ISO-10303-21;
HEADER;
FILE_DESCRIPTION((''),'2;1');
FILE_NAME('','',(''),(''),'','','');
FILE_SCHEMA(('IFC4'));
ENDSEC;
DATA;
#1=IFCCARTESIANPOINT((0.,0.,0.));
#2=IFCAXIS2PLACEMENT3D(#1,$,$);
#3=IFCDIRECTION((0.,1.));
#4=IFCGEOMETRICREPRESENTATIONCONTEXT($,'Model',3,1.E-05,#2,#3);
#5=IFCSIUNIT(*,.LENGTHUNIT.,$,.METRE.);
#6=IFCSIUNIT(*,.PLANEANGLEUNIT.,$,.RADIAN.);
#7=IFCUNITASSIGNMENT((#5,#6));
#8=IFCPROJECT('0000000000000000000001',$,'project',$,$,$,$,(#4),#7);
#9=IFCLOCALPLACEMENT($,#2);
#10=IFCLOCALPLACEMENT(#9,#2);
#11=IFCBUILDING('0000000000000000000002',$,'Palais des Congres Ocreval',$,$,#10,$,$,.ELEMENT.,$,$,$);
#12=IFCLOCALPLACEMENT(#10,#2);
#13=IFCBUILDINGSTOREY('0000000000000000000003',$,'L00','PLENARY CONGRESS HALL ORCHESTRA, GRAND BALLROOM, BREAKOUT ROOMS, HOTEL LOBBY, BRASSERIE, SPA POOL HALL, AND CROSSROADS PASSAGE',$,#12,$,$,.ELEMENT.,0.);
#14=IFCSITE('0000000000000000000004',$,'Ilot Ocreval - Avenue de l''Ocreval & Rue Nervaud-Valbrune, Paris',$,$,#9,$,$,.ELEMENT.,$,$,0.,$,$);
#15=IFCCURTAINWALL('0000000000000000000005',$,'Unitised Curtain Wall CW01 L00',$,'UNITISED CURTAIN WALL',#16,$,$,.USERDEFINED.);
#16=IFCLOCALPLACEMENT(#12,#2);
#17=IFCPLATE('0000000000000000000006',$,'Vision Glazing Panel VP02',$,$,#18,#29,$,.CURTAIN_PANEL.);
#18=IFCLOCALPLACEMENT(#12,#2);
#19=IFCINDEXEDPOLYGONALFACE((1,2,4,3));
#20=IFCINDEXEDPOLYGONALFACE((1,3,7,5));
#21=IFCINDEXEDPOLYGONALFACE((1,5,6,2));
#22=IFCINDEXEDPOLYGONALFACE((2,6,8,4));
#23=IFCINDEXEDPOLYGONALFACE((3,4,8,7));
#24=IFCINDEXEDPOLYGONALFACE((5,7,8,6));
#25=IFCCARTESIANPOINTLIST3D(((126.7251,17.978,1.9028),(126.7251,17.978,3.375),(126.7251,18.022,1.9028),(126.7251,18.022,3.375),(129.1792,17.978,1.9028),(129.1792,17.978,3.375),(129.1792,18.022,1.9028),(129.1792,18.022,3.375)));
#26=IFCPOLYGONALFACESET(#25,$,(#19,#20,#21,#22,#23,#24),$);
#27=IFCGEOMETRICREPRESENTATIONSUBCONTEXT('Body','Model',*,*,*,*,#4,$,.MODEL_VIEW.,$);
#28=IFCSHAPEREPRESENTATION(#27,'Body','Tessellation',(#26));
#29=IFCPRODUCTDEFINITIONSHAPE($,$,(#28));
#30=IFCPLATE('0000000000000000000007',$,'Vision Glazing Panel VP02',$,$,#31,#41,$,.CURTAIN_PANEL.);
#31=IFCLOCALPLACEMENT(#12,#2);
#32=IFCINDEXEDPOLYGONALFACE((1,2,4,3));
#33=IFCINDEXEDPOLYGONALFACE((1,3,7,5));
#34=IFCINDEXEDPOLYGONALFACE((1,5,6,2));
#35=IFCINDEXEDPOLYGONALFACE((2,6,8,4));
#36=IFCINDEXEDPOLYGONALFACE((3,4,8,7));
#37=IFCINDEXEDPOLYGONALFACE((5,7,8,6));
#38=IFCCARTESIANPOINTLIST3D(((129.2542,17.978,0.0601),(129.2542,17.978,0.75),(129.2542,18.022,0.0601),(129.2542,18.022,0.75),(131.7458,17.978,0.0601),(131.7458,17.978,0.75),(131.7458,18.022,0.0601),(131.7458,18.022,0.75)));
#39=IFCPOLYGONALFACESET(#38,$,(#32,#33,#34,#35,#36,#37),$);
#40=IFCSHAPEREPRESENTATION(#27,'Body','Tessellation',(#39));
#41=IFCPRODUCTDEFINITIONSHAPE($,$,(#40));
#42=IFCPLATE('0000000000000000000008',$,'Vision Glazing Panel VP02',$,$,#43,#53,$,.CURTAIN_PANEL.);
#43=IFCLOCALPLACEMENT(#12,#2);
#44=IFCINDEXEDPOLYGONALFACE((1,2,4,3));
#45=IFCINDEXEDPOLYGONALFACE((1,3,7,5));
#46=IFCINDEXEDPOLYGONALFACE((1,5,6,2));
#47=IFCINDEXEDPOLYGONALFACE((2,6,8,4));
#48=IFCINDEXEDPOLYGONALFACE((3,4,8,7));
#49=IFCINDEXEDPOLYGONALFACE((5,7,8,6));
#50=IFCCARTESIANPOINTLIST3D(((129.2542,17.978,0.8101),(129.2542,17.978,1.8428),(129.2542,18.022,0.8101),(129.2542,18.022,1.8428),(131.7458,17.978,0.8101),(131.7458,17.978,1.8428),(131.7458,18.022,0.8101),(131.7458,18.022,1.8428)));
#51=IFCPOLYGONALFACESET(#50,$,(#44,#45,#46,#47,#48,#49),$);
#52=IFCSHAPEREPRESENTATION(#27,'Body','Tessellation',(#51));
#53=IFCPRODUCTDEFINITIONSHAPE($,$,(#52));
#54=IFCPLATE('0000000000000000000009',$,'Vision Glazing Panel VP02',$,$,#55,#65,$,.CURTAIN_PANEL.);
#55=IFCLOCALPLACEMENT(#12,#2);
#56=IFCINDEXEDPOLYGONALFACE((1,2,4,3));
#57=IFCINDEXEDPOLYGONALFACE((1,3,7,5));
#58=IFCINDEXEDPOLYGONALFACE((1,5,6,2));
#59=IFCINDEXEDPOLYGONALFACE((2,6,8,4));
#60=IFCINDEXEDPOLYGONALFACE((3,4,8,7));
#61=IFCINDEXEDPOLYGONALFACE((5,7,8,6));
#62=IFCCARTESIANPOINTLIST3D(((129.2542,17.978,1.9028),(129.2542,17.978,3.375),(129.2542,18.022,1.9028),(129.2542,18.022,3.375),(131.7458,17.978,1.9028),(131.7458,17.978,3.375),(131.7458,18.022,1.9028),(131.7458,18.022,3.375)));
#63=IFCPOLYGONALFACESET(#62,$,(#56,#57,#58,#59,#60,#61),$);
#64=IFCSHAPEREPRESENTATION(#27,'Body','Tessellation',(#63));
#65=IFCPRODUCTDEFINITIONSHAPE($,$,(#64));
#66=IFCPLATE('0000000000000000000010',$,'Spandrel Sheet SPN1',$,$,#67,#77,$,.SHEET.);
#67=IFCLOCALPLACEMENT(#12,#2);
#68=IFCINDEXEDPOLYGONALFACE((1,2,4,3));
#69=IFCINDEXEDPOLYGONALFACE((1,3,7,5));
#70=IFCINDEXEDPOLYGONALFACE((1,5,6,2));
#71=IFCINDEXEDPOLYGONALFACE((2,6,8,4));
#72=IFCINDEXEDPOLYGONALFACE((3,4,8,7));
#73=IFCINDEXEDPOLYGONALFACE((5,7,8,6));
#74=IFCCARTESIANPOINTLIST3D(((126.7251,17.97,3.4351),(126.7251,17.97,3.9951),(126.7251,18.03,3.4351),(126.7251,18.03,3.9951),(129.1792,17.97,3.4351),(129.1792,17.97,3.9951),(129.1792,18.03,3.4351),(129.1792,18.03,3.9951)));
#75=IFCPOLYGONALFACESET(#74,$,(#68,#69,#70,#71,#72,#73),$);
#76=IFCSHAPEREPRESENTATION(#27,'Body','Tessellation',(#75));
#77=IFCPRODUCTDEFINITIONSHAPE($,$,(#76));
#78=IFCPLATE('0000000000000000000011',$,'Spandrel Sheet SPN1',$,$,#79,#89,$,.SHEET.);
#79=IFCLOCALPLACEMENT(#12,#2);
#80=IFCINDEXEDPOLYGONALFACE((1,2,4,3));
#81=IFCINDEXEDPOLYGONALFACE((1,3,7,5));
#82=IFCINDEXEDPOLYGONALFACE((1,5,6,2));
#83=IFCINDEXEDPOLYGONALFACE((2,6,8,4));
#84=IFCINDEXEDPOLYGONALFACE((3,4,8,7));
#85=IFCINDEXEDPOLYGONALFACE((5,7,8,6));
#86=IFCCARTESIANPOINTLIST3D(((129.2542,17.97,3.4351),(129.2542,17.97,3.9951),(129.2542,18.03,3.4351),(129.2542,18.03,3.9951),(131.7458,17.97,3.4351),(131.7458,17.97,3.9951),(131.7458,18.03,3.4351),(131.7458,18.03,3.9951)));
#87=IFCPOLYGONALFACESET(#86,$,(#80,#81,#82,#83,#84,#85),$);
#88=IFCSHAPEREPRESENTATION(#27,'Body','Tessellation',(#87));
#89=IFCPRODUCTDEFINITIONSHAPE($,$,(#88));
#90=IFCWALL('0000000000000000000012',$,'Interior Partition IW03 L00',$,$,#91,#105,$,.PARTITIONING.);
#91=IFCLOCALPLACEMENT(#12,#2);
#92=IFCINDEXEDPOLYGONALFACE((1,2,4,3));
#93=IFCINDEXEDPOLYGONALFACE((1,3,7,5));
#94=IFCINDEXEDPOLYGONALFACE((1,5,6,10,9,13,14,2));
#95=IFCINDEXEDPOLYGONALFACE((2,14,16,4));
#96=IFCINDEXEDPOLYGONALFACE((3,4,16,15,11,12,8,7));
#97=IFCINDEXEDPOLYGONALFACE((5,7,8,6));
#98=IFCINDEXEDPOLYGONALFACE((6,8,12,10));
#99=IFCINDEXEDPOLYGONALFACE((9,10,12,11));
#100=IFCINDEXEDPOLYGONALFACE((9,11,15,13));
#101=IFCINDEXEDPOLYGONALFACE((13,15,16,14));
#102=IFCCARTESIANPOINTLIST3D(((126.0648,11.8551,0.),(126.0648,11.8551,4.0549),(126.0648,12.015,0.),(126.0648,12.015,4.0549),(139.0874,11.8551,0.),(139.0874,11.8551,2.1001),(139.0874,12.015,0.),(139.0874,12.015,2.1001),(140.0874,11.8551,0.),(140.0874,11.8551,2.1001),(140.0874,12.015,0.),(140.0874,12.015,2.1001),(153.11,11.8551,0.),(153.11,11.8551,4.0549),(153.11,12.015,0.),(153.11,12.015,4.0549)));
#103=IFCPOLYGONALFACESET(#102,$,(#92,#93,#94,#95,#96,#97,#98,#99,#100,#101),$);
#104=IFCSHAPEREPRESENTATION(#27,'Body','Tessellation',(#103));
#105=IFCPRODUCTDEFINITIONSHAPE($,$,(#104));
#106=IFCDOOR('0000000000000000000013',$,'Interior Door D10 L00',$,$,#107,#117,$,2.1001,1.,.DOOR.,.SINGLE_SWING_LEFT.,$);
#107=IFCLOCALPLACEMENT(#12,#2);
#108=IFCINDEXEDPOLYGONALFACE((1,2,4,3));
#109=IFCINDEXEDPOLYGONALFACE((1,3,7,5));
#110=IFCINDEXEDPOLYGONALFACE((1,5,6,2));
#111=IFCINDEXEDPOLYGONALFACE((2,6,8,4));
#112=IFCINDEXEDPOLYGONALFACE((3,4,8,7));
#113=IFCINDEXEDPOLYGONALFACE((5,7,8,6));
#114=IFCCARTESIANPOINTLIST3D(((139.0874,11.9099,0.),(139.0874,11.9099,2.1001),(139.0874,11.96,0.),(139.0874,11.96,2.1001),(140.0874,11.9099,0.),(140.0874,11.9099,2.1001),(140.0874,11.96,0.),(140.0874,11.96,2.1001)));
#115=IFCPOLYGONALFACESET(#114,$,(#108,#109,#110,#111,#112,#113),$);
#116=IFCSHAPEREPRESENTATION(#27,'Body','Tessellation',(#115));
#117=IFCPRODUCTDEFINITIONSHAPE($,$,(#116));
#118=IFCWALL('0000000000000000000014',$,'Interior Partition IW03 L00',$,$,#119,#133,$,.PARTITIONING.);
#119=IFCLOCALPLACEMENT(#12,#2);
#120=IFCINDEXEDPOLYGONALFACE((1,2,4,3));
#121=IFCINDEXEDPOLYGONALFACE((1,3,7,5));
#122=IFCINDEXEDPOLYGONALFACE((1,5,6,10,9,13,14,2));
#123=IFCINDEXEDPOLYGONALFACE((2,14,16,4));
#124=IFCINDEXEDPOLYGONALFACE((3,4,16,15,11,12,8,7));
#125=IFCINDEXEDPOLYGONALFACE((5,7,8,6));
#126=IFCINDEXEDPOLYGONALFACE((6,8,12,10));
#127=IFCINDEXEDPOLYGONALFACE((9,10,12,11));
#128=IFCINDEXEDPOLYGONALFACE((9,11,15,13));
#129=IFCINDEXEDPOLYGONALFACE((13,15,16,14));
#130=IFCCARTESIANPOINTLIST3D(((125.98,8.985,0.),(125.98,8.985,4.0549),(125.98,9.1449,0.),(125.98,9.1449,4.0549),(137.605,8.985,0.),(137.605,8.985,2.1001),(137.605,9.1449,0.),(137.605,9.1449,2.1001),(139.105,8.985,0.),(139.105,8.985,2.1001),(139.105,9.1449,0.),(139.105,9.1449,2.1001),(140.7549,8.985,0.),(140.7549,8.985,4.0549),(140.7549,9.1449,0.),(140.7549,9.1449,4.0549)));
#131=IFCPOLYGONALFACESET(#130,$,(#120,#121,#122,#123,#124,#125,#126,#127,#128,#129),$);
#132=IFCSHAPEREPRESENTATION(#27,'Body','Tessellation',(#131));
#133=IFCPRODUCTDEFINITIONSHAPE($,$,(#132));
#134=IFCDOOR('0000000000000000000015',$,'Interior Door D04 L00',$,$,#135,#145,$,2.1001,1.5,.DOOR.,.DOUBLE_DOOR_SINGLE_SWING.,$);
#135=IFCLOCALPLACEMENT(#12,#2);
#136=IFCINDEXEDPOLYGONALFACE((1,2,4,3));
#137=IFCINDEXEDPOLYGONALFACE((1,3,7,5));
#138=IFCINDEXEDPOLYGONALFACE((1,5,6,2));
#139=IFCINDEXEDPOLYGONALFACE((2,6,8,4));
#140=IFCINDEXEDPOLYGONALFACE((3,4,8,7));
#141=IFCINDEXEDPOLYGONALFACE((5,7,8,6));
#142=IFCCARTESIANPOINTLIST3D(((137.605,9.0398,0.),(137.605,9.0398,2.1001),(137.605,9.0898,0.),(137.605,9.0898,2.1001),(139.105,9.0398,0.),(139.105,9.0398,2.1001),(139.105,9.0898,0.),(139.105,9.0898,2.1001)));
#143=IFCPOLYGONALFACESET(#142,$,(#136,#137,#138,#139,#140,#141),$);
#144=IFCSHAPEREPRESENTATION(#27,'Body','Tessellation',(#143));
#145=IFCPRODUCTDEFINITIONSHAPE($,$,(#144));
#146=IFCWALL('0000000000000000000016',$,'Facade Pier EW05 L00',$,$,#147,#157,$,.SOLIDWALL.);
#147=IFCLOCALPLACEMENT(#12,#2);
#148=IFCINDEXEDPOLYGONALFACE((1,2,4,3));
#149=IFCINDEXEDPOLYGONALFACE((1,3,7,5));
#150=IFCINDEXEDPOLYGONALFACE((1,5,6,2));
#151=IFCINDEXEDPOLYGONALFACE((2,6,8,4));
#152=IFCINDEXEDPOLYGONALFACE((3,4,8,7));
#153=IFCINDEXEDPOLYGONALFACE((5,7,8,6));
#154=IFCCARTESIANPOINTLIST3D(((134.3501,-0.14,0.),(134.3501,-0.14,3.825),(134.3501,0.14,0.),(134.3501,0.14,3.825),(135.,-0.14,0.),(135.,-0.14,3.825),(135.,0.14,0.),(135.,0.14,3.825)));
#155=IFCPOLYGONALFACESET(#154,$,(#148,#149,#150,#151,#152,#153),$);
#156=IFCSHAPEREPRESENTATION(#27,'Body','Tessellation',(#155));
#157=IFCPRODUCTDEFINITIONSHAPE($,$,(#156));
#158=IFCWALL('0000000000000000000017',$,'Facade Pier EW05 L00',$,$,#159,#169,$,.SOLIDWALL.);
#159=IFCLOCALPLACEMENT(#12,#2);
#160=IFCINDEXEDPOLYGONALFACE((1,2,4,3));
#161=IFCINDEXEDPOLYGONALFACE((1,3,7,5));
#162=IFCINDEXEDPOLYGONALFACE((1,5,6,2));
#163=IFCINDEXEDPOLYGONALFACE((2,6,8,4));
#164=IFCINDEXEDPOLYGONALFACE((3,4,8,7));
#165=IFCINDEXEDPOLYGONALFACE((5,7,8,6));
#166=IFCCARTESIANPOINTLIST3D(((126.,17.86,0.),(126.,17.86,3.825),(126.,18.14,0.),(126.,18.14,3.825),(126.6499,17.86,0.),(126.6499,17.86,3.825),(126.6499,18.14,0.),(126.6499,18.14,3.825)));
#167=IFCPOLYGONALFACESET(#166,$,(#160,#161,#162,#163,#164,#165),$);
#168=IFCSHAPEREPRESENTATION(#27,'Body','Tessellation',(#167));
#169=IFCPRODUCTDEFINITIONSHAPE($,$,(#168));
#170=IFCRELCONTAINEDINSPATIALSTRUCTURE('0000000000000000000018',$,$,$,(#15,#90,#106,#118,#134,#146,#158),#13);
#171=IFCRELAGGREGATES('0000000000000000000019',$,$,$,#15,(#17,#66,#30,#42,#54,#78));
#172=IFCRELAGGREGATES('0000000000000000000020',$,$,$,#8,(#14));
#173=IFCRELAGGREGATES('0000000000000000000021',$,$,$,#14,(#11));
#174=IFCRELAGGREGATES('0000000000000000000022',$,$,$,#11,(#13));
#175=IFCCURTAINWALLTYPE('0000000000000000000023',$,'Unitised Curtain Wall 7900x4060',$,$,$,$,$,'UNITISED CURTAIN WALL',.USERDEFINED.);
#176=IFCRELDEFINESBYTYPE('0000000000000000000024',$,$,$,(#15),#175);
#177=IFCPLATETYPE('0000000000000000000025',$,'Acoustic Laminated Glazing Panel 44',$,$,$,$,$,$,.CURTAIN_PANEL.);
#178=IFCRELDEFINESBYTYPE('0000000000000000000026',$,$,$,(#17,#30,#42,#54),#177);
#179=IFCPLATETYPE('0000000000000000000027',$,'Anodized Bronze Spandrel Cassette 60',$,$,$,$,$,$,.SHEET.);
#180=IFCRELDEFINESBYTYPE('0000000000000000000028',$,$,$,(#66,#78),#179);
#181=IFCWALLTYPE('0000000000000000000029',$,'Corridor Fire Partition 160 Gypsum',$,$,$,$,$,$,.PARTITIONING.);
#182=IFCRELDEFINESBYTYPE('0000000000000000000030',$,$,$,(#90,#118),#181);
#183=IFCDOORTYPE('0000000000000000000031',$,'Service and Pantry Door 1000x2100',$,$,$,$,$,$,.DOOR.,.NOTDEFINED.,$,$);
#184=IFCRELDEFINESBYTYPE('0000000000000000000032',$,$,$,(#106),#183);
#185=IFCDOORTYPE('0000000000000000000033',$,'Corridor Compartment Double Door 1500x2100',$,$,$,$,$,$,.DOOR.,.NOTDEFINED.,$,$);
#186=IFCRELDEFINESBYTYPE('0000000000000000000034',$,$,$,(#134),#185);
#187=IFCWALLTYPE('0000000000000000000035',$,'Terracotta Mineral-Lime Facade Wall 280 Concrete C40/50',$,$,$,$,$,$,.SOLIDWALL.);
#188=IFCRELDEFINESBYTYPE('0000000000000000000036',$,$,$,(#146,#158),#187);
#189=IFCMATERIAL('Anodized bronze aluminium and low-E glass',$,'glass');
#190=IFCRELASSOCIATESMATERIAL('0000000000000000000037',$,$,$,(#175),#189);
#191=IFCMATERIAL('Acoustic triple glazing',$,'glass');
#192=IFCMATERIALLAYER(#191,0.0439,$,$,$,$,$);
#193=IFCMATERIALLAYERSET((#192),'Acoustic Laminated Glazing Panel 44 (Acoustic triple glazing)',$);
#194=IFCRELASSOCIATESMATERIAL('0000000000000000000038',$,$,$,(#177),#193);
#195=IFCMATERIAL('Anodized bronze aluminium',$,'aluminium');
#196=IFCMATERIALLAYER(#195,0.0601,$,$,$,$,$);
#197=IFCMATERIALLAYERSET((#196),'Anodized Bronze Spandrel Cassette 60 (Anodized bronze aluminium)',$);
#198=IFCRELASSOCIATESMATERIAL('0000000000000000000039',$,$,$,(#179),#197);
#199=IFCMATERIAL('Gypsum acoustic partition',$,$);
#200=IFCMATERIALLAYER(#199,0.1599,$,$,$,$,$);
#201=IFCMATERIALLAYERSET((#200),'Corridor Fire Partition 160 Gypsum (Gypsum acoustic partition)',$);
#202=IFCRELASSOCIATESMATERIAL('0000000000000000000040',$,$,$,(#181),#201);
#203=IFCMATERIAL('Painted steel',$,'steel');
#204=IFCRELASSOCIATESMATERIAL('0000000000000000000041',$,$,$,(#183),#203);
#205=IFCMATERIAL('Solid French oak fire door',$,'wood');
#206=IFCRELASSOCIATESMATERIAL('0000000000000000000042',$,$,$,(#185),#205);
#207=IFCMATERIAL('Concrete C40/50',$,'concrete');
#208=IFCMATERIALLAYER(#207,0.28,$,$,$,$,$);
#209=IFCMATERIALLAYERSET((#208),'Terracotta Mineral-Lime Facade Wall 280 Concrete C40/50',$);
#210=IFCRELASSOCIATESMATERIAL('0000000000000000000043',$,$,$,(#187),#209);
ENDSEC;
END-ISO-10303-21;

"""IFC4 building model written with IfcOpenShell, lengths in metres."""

from ifc_helpers import new_model, si_unit, direction, frame, frame_2d, origin, origin_2d, place, context, subcontext, project, spatial, rectangle, extrude, material, layer, layer_set, type_object, element, fill, aggregate, save


model = new_model("IFC4")

# Units and contexts
model_context = context("Model", 3, precision=1e-05, world=origin(), true_north=direction((0.0, 1.0)))
body_context = subcontext(model_context, "Body", "Model", "MODEL_VIEW")
ifc_project = project(units=[si_unit("LENGTHUNIT", "METRE"), si_unit("PLANEANGLEUNIT", "RADIAN")], contexts=[model_context])

# Site, building, storey
site_placement = place(None, origin())
site = spatial("IfcSite", under=ifc_project, at=site_placement, Name="Ilot Ocreval - Avenue de l'Ocreval & Rue Nervaud-Valbrune, Paris", CompositionType="ELEMENT", RefElevation=0.0)
building_placement = place(site_placement, origin())
building = spatial("IfcBuilding", under=site, at=building_placement, Name="Palais des Congres Ocreval", CompositionType="ELEMENT")
storey_placement = place(building_placement, origin())
storey = spatial("IfcBuildingStorey", under=building, at=storey_placement, Name="L00", Description="PLENARY CONGRESS HALL ORCHESTRA, GRAND BALLROOM, BREAKOUT ROOMS, HOTEL LOBBY, BRASSERIE, SPA POOL HALL, AND CROSSROADS PASSAGE", CompositionType="ELEMENT", Elevation=0.0)

# Curtain wall
ifc_material_1 = material(Name="Anodized bronze aluminium and low-E glass", Category="glass")
curtain_wall_type = type_object("IfcCurtainWallType", Name="Unitised Curtain Wall 7900x4060", ElementType="UNITISED CURTAIN WALL", PredefinedType="USERDEFINED", material=ifc_material_1)
curtain_wall_placement = place(storey_placement, origin())
curtain_wall = element("IfcCurtainWall", 1, at=curtain_wall_placement, inside=storey, type_object=curtain_wall_type, Name="Unitised Curtain Wall CW01 L00", ObjectType="UNITISED CURTAIN WALL", PredefinedType="USERDEFINED")
ifc_material_2 = material(Name="Anodized bronze aluminium", Category="aluminium")

# Plates
ifc_material_3 = material(Name="Acoustic triple glazing", Category="glass")
ifc_layer_1 = layer(ifc_material_3, 0.0439)
ifc_layer_set_1 = layer_set([ifc_layer_1], Name="Acoustic Laminated Glazing Panel 44 (Acoustic triple glazing)")
plate_type_1 = type_object("IfcPlateType", Name="Acoustic Laminated Glazing Panel 44", PredefinedType="CURTAIN_PANEL", material=ifc_layer_set_1)
plate_1_placement = place(storey_placement, frame((127.9521, 18.0, 1.9028), z_axis=(0.0, 0.0, 1.0), x_axis=(1.0, 0.0, 0.0)))
plate_1 = element("IfcPlate", 2, at=plate_1_placement, type_object=plate_type_1, Name="Vision Glazing Panel VP02", PredefinedType="CURTAIN_PANEL", context=body_context, shape_type="SweptSolid", body=[
    extrude(rectangle(XDim=2.4541, YDim=0.0439, at=origin_2d()), origin(), (0.0, 0.0, 1.0), 1.4722),
])
plate_2_placement = place(storey_placement, frame((130.5, 18.0, 0.0601), z_axis=(0.0, 0.0, 1.0), x_axis=(1.0, 0.0, 0.0)))
plate_2 = element("IfcPlate", 3, at=plate_2_placement, type_object=plate_type_1, Name="Vision Glazing Panel VP02", PredefinedType="CURTAIN_PANEL", context=body_context, shape_type="SweptSolid", body=[
    extrude(rectangle(XDim=2.4917, YDim=0.0439, at=origin_2d()), origin(), (0.0, 0.0, 1.0), 0.6899),
])
plate_3_placement = place(storey_placement, frame((130.5, 18.0, 0.8101), z_axis=(0.0, 0.0, 1.0), x_axis=(1.0, 0.0, 0.0)))
plate_3 = element("IfcPlate", 4, at=plate_3_placement, type_object=plate_type_1, Name="Vision Glazing Panel VP02", PredefinedType="CURTAIN_PANEL", context=body_context, shape_type="SweptSolid", body=[
    extrude(rectangle(XDim=2.4917, YDim=0.0439, at=origin_2d()), origin(), (0.0, 0.0, 1.0), 1.0327),
])
plate_4_placement = place(storey_placement, frame((130.5, 18.0, 1.9028), z_axis=(0.0, 0.0, 1.0), x_axis=(1.0, 0.0, 0.0)))
plate_4 = element("IfcPlate", 5, at=plate_4_placement, type_object=plate_type_1, Name="Vision Glazing Panel VP02", PredefinedType="CURTAIN_PANEL", context=body_context, shape_type="SweptSolid", body=[
    extrude(rectangle(XDim=2.4917, YDim=0.0439, at=origin_2d()), origin(), (0.0, 0.0, 1.0), 1.4722),
])
ifc_layer_2 = layer(ifc_material_2, 0.0601)
ifc_layer_set_2 = layer_set([ifc_layer_2], Name="Anodized Bronze Spandrel Cassette 60 (Anodized bronze aluminium)")
plate_type_2 = type_object("IfcPlateType", Name="Anodized Bronze Spandrel Cassette 60", PredefinedType="SHEET", material=ifc_layer_set_2)
plate_5_placement = place(storey_placement, frame((127.9521, 18.0, 3.4351), z_axis=(0.0, 0.0, 1.0), x_axis=(1.0, 0.0, 0.0)))
plate_5 = element("IfcPlate", 6, at=plate_5_placement, type_object=plate_type_2, Name="Spandrel Sheet SPN1", PredefinedType="SHEET", context=body_context, shape_type="SweptSolid", body=[
    extrude(rectangle(XDim=2.4541, YDim=0.0601, at=origin_2d()), origin(), (0.0, 0.0, 1.0), 0.5601),
])
plate_6_placement = place(storey_placement, frame((130.5, 18.0, 3.4351), z_axis=(0.0, 0.0, 1.0), x_axis=(1.0, 0.0, 0.0)))
plate_6 = element("IfcPlate", 7, at=plate_6_placement, type_object=plate_type_2, Name="Spandrel Sheet SPN1", PredefinedType="SHEET", context=body_context, shape_type="SweptSolid", body=[
    extrude(rectangle(XDim=2.4917, YDim=0.0601, at=origin_2d()), origin(), (0.0, 0.0, 1.0), 0.5601),
])
aggregate(curtain_wall, [plate_1, plate_5, plate_2, plate_3, plate_4, plate_6])

# Walls, openings, doors
ifc_material_4 = material(Name="Gypsum acoustic partition")
ifc_layer_3 = layer(ifc_material_4, 0.1599)
ifc_layer_set_3 = layer_set([ifc_layer_3], Name="Corridor Fire Partition 160 Gypsum (Gypsum acoustic partition)")
wall_type_1 = type_object("IfcWallType", Name="Corridor Fire Partition 160 Gypsum", PredefinedType="PARTITIONING", material=ifc_layer_set_3)
wall_1_placement = place(storey_placement, frame((126.0649, 11.9351, 0.0), z_axis=(0.0, 0.0, 1.0), x_axis=(1.0, 0.0, 0.0)))
wall_1 = element("IfcWall", 8, at=wall_1_placement, inside=storey, type_object=wall_type_1, Name="Interior Partition IW03 L00", PredefinedType="PARTITIONING", context=body_context, shape_type="SweptSolid", body=[
    extrude(rectangle(XDim=27.0452, YDim=0.1599, at=frame_2d((13.5225, 0.0))), origin(), (0.0, 0.0, 1.0), 4.0549),
])
opening_1_placement = place(wall_1_placement, frame((13.0225, 0.0, 0.0)))
opening_1 = element("IfcOpeningElement", 9, at=opening_1_placement, cuts=wall_1, PredefinedType="OPENING", context=body_context, shape_type="SweptSolid", body=[
    extrude(rectangle(XDim=1.0, YDim=2.1001, at=frame_2d((0.5, 1.05))), frame((0.0, 0.0898, 0.0), z_axis=(0.0, -1.0, 0.0), x_axis=(1.0, 0.0, 0.0)), (0.0, 0.0, 1.0), 0.1799),
])
ifc_material_5 = material(Name="Painted steel", Category="steel")
door_type_1 = type_object("IfcDoorType", Name="Service and Pantry Door 1000x2100", OperationType="NOTDEFINED", PredefinedType="DOOR", material=ifc_material_5)
door_1_placement = place(opening_1_placement, origin())
door_1 = element("IfcDoor", 10, at=door_1_placement, inside=storey, type_object=door_type_1, Name="Interior Door D10 L00", OperationType="SINGLE_SWING_LEFT", OverallHeight=2.1001, OverallWidth=1.0, PredefinedType="DOOR", context=body_context, shape_type="SweptSolid", body=[
    extrude(rectangle(XDim=1.0, YDim=2.1001, at=frame_2d((0.5, 1.05))), frame((0.0, 0.0249, 0.0), z_axis=(0.0, -1.0, 0.0), x_axis=(1.0, 0.0, 0.0)), (0.0, 0.0, 1.0), 0.05),
])
fill(opening_1, door_1)
wall_2_placement = place(storey_placement, frame((125.98, 9.0649, 0.0), z_axis=(0.0, 0.0, 1.0), x_axis=(1.0, 0.0, 0.0)))
wall_2 = element("IfcWall", 11, at=wall_2_placement, inside=storey, type_object=wall_type_1, Name="Interior Partition IW03 L00", PredefinedType="PARTITIONING", context=body_context, shape_type="SweptSolid", body=[
    extrude(rectangle(XDim=14.7749, YDim=0.1599, at=frame_2d((7.3875, 0.0))), origin(), (0.0, 0.0, 1.0), 4.0549),
])
opening_2_placement = place(wall_2_placement, frame((11.625, 0.0, 0.0)))
opening_2 = element("IfcOpeningElement", 12, at=opening_2_placement, cuts=wall_2, PredefinedType="OPENING", context=body_context, shape_type="SweptSolid", body=[
    extrude(rectangle(XDim=1.5, YDim=2.1001, at=frame_2d((0.75, 1.05))), frame((0.0, 0.0898, 0.0), z_axis=(0.0, -1.0, 0.0), x_axis=(1.0, 0.0, 0.0)), (0.0, 0.0, 1.0), 0.1799),
])
ifc_material_6 = material(Name="Solid French oak fire door", Category="wood")
door_type_2 = type_object("IfcDoorType", Name="Corridor Compartment Double Door 1500x2100", OperationType="NOTDEFINED", PredefinedType="DOOR", material=ifc_material_6)
door_2_placement = place(opening_2_placement, origin())
door_2 = element("IfcDoor", 13, at=door_2_placement, inside=storey, type_object=door_type_2, Name="Interior Door D04 L00", OperationType="DOUBLE_DOOR_SINGLE_SWING", OverallHeight=2.1001, OverallWidth=1.5, PredefinedType="DOOR", context=body_context, shape_type="SweptSolid", body=[
    extrude(rectangle(XDim=1.5, YDim=2.1001, at=frame_2d((0.75, 1.05))), frame((0.0, 0.0249, 0.0), z_axis=(0.0, -1.0, 0.0), x_axis=(1.0, 0.0, 0.0)), (0.0, 0.0, 1.0), 0.05),
])
fill(opening_2, door_2)

# Walls
ifc_material_7 = material(Name="Concrete C40/50", Category="concrete")
ifc_layer_4 = layer(ifc_material_7, 0.28)
ifc_layer_set_4 = layer_set([ifc_layer_4], Name="Terracotta Mineral-Lime Facade Wall 280 Concrete C40/50")
wall_type_2 = type_object("IfcWallType", Name="Terracotta Mineral-Lime Facade Wall 280 Concrete C40/50", PredefinedType="SOLIDWALL", material=ifc_layer_set_4)
for number, where, z_axis, x_axis, name in (
    (14, (135.0, 0.0, 0.0), (0.0, 0.0, 1.0), (-1.0, 0.0, 0.0), "Facade Pier EW05 L00"),
    (15, (126.0, 18.0, 0.0), (0.0, 0.0, 1.0), (1.0, 0.0, 0.0), "Facade Pier EW05 L00"),
):
    element("IfcWall", number, at=place(storey_placement, frame(where, z_axis=z_axis, x_axis=x_axis)), inside=storey, type_object=wall_type_2, Name=name, PredefinedType="SOLIDWALL", context=body_context, shape_type="SweptSolid", body=[
        extrude(rectangle(XDim=0.6499, YDim=0.28, at=frame_2d((0.325, 0.0))), origin(), (0.0, 0.0, 1.0), 3.825),
    ])

save(model, "model.ifc")
